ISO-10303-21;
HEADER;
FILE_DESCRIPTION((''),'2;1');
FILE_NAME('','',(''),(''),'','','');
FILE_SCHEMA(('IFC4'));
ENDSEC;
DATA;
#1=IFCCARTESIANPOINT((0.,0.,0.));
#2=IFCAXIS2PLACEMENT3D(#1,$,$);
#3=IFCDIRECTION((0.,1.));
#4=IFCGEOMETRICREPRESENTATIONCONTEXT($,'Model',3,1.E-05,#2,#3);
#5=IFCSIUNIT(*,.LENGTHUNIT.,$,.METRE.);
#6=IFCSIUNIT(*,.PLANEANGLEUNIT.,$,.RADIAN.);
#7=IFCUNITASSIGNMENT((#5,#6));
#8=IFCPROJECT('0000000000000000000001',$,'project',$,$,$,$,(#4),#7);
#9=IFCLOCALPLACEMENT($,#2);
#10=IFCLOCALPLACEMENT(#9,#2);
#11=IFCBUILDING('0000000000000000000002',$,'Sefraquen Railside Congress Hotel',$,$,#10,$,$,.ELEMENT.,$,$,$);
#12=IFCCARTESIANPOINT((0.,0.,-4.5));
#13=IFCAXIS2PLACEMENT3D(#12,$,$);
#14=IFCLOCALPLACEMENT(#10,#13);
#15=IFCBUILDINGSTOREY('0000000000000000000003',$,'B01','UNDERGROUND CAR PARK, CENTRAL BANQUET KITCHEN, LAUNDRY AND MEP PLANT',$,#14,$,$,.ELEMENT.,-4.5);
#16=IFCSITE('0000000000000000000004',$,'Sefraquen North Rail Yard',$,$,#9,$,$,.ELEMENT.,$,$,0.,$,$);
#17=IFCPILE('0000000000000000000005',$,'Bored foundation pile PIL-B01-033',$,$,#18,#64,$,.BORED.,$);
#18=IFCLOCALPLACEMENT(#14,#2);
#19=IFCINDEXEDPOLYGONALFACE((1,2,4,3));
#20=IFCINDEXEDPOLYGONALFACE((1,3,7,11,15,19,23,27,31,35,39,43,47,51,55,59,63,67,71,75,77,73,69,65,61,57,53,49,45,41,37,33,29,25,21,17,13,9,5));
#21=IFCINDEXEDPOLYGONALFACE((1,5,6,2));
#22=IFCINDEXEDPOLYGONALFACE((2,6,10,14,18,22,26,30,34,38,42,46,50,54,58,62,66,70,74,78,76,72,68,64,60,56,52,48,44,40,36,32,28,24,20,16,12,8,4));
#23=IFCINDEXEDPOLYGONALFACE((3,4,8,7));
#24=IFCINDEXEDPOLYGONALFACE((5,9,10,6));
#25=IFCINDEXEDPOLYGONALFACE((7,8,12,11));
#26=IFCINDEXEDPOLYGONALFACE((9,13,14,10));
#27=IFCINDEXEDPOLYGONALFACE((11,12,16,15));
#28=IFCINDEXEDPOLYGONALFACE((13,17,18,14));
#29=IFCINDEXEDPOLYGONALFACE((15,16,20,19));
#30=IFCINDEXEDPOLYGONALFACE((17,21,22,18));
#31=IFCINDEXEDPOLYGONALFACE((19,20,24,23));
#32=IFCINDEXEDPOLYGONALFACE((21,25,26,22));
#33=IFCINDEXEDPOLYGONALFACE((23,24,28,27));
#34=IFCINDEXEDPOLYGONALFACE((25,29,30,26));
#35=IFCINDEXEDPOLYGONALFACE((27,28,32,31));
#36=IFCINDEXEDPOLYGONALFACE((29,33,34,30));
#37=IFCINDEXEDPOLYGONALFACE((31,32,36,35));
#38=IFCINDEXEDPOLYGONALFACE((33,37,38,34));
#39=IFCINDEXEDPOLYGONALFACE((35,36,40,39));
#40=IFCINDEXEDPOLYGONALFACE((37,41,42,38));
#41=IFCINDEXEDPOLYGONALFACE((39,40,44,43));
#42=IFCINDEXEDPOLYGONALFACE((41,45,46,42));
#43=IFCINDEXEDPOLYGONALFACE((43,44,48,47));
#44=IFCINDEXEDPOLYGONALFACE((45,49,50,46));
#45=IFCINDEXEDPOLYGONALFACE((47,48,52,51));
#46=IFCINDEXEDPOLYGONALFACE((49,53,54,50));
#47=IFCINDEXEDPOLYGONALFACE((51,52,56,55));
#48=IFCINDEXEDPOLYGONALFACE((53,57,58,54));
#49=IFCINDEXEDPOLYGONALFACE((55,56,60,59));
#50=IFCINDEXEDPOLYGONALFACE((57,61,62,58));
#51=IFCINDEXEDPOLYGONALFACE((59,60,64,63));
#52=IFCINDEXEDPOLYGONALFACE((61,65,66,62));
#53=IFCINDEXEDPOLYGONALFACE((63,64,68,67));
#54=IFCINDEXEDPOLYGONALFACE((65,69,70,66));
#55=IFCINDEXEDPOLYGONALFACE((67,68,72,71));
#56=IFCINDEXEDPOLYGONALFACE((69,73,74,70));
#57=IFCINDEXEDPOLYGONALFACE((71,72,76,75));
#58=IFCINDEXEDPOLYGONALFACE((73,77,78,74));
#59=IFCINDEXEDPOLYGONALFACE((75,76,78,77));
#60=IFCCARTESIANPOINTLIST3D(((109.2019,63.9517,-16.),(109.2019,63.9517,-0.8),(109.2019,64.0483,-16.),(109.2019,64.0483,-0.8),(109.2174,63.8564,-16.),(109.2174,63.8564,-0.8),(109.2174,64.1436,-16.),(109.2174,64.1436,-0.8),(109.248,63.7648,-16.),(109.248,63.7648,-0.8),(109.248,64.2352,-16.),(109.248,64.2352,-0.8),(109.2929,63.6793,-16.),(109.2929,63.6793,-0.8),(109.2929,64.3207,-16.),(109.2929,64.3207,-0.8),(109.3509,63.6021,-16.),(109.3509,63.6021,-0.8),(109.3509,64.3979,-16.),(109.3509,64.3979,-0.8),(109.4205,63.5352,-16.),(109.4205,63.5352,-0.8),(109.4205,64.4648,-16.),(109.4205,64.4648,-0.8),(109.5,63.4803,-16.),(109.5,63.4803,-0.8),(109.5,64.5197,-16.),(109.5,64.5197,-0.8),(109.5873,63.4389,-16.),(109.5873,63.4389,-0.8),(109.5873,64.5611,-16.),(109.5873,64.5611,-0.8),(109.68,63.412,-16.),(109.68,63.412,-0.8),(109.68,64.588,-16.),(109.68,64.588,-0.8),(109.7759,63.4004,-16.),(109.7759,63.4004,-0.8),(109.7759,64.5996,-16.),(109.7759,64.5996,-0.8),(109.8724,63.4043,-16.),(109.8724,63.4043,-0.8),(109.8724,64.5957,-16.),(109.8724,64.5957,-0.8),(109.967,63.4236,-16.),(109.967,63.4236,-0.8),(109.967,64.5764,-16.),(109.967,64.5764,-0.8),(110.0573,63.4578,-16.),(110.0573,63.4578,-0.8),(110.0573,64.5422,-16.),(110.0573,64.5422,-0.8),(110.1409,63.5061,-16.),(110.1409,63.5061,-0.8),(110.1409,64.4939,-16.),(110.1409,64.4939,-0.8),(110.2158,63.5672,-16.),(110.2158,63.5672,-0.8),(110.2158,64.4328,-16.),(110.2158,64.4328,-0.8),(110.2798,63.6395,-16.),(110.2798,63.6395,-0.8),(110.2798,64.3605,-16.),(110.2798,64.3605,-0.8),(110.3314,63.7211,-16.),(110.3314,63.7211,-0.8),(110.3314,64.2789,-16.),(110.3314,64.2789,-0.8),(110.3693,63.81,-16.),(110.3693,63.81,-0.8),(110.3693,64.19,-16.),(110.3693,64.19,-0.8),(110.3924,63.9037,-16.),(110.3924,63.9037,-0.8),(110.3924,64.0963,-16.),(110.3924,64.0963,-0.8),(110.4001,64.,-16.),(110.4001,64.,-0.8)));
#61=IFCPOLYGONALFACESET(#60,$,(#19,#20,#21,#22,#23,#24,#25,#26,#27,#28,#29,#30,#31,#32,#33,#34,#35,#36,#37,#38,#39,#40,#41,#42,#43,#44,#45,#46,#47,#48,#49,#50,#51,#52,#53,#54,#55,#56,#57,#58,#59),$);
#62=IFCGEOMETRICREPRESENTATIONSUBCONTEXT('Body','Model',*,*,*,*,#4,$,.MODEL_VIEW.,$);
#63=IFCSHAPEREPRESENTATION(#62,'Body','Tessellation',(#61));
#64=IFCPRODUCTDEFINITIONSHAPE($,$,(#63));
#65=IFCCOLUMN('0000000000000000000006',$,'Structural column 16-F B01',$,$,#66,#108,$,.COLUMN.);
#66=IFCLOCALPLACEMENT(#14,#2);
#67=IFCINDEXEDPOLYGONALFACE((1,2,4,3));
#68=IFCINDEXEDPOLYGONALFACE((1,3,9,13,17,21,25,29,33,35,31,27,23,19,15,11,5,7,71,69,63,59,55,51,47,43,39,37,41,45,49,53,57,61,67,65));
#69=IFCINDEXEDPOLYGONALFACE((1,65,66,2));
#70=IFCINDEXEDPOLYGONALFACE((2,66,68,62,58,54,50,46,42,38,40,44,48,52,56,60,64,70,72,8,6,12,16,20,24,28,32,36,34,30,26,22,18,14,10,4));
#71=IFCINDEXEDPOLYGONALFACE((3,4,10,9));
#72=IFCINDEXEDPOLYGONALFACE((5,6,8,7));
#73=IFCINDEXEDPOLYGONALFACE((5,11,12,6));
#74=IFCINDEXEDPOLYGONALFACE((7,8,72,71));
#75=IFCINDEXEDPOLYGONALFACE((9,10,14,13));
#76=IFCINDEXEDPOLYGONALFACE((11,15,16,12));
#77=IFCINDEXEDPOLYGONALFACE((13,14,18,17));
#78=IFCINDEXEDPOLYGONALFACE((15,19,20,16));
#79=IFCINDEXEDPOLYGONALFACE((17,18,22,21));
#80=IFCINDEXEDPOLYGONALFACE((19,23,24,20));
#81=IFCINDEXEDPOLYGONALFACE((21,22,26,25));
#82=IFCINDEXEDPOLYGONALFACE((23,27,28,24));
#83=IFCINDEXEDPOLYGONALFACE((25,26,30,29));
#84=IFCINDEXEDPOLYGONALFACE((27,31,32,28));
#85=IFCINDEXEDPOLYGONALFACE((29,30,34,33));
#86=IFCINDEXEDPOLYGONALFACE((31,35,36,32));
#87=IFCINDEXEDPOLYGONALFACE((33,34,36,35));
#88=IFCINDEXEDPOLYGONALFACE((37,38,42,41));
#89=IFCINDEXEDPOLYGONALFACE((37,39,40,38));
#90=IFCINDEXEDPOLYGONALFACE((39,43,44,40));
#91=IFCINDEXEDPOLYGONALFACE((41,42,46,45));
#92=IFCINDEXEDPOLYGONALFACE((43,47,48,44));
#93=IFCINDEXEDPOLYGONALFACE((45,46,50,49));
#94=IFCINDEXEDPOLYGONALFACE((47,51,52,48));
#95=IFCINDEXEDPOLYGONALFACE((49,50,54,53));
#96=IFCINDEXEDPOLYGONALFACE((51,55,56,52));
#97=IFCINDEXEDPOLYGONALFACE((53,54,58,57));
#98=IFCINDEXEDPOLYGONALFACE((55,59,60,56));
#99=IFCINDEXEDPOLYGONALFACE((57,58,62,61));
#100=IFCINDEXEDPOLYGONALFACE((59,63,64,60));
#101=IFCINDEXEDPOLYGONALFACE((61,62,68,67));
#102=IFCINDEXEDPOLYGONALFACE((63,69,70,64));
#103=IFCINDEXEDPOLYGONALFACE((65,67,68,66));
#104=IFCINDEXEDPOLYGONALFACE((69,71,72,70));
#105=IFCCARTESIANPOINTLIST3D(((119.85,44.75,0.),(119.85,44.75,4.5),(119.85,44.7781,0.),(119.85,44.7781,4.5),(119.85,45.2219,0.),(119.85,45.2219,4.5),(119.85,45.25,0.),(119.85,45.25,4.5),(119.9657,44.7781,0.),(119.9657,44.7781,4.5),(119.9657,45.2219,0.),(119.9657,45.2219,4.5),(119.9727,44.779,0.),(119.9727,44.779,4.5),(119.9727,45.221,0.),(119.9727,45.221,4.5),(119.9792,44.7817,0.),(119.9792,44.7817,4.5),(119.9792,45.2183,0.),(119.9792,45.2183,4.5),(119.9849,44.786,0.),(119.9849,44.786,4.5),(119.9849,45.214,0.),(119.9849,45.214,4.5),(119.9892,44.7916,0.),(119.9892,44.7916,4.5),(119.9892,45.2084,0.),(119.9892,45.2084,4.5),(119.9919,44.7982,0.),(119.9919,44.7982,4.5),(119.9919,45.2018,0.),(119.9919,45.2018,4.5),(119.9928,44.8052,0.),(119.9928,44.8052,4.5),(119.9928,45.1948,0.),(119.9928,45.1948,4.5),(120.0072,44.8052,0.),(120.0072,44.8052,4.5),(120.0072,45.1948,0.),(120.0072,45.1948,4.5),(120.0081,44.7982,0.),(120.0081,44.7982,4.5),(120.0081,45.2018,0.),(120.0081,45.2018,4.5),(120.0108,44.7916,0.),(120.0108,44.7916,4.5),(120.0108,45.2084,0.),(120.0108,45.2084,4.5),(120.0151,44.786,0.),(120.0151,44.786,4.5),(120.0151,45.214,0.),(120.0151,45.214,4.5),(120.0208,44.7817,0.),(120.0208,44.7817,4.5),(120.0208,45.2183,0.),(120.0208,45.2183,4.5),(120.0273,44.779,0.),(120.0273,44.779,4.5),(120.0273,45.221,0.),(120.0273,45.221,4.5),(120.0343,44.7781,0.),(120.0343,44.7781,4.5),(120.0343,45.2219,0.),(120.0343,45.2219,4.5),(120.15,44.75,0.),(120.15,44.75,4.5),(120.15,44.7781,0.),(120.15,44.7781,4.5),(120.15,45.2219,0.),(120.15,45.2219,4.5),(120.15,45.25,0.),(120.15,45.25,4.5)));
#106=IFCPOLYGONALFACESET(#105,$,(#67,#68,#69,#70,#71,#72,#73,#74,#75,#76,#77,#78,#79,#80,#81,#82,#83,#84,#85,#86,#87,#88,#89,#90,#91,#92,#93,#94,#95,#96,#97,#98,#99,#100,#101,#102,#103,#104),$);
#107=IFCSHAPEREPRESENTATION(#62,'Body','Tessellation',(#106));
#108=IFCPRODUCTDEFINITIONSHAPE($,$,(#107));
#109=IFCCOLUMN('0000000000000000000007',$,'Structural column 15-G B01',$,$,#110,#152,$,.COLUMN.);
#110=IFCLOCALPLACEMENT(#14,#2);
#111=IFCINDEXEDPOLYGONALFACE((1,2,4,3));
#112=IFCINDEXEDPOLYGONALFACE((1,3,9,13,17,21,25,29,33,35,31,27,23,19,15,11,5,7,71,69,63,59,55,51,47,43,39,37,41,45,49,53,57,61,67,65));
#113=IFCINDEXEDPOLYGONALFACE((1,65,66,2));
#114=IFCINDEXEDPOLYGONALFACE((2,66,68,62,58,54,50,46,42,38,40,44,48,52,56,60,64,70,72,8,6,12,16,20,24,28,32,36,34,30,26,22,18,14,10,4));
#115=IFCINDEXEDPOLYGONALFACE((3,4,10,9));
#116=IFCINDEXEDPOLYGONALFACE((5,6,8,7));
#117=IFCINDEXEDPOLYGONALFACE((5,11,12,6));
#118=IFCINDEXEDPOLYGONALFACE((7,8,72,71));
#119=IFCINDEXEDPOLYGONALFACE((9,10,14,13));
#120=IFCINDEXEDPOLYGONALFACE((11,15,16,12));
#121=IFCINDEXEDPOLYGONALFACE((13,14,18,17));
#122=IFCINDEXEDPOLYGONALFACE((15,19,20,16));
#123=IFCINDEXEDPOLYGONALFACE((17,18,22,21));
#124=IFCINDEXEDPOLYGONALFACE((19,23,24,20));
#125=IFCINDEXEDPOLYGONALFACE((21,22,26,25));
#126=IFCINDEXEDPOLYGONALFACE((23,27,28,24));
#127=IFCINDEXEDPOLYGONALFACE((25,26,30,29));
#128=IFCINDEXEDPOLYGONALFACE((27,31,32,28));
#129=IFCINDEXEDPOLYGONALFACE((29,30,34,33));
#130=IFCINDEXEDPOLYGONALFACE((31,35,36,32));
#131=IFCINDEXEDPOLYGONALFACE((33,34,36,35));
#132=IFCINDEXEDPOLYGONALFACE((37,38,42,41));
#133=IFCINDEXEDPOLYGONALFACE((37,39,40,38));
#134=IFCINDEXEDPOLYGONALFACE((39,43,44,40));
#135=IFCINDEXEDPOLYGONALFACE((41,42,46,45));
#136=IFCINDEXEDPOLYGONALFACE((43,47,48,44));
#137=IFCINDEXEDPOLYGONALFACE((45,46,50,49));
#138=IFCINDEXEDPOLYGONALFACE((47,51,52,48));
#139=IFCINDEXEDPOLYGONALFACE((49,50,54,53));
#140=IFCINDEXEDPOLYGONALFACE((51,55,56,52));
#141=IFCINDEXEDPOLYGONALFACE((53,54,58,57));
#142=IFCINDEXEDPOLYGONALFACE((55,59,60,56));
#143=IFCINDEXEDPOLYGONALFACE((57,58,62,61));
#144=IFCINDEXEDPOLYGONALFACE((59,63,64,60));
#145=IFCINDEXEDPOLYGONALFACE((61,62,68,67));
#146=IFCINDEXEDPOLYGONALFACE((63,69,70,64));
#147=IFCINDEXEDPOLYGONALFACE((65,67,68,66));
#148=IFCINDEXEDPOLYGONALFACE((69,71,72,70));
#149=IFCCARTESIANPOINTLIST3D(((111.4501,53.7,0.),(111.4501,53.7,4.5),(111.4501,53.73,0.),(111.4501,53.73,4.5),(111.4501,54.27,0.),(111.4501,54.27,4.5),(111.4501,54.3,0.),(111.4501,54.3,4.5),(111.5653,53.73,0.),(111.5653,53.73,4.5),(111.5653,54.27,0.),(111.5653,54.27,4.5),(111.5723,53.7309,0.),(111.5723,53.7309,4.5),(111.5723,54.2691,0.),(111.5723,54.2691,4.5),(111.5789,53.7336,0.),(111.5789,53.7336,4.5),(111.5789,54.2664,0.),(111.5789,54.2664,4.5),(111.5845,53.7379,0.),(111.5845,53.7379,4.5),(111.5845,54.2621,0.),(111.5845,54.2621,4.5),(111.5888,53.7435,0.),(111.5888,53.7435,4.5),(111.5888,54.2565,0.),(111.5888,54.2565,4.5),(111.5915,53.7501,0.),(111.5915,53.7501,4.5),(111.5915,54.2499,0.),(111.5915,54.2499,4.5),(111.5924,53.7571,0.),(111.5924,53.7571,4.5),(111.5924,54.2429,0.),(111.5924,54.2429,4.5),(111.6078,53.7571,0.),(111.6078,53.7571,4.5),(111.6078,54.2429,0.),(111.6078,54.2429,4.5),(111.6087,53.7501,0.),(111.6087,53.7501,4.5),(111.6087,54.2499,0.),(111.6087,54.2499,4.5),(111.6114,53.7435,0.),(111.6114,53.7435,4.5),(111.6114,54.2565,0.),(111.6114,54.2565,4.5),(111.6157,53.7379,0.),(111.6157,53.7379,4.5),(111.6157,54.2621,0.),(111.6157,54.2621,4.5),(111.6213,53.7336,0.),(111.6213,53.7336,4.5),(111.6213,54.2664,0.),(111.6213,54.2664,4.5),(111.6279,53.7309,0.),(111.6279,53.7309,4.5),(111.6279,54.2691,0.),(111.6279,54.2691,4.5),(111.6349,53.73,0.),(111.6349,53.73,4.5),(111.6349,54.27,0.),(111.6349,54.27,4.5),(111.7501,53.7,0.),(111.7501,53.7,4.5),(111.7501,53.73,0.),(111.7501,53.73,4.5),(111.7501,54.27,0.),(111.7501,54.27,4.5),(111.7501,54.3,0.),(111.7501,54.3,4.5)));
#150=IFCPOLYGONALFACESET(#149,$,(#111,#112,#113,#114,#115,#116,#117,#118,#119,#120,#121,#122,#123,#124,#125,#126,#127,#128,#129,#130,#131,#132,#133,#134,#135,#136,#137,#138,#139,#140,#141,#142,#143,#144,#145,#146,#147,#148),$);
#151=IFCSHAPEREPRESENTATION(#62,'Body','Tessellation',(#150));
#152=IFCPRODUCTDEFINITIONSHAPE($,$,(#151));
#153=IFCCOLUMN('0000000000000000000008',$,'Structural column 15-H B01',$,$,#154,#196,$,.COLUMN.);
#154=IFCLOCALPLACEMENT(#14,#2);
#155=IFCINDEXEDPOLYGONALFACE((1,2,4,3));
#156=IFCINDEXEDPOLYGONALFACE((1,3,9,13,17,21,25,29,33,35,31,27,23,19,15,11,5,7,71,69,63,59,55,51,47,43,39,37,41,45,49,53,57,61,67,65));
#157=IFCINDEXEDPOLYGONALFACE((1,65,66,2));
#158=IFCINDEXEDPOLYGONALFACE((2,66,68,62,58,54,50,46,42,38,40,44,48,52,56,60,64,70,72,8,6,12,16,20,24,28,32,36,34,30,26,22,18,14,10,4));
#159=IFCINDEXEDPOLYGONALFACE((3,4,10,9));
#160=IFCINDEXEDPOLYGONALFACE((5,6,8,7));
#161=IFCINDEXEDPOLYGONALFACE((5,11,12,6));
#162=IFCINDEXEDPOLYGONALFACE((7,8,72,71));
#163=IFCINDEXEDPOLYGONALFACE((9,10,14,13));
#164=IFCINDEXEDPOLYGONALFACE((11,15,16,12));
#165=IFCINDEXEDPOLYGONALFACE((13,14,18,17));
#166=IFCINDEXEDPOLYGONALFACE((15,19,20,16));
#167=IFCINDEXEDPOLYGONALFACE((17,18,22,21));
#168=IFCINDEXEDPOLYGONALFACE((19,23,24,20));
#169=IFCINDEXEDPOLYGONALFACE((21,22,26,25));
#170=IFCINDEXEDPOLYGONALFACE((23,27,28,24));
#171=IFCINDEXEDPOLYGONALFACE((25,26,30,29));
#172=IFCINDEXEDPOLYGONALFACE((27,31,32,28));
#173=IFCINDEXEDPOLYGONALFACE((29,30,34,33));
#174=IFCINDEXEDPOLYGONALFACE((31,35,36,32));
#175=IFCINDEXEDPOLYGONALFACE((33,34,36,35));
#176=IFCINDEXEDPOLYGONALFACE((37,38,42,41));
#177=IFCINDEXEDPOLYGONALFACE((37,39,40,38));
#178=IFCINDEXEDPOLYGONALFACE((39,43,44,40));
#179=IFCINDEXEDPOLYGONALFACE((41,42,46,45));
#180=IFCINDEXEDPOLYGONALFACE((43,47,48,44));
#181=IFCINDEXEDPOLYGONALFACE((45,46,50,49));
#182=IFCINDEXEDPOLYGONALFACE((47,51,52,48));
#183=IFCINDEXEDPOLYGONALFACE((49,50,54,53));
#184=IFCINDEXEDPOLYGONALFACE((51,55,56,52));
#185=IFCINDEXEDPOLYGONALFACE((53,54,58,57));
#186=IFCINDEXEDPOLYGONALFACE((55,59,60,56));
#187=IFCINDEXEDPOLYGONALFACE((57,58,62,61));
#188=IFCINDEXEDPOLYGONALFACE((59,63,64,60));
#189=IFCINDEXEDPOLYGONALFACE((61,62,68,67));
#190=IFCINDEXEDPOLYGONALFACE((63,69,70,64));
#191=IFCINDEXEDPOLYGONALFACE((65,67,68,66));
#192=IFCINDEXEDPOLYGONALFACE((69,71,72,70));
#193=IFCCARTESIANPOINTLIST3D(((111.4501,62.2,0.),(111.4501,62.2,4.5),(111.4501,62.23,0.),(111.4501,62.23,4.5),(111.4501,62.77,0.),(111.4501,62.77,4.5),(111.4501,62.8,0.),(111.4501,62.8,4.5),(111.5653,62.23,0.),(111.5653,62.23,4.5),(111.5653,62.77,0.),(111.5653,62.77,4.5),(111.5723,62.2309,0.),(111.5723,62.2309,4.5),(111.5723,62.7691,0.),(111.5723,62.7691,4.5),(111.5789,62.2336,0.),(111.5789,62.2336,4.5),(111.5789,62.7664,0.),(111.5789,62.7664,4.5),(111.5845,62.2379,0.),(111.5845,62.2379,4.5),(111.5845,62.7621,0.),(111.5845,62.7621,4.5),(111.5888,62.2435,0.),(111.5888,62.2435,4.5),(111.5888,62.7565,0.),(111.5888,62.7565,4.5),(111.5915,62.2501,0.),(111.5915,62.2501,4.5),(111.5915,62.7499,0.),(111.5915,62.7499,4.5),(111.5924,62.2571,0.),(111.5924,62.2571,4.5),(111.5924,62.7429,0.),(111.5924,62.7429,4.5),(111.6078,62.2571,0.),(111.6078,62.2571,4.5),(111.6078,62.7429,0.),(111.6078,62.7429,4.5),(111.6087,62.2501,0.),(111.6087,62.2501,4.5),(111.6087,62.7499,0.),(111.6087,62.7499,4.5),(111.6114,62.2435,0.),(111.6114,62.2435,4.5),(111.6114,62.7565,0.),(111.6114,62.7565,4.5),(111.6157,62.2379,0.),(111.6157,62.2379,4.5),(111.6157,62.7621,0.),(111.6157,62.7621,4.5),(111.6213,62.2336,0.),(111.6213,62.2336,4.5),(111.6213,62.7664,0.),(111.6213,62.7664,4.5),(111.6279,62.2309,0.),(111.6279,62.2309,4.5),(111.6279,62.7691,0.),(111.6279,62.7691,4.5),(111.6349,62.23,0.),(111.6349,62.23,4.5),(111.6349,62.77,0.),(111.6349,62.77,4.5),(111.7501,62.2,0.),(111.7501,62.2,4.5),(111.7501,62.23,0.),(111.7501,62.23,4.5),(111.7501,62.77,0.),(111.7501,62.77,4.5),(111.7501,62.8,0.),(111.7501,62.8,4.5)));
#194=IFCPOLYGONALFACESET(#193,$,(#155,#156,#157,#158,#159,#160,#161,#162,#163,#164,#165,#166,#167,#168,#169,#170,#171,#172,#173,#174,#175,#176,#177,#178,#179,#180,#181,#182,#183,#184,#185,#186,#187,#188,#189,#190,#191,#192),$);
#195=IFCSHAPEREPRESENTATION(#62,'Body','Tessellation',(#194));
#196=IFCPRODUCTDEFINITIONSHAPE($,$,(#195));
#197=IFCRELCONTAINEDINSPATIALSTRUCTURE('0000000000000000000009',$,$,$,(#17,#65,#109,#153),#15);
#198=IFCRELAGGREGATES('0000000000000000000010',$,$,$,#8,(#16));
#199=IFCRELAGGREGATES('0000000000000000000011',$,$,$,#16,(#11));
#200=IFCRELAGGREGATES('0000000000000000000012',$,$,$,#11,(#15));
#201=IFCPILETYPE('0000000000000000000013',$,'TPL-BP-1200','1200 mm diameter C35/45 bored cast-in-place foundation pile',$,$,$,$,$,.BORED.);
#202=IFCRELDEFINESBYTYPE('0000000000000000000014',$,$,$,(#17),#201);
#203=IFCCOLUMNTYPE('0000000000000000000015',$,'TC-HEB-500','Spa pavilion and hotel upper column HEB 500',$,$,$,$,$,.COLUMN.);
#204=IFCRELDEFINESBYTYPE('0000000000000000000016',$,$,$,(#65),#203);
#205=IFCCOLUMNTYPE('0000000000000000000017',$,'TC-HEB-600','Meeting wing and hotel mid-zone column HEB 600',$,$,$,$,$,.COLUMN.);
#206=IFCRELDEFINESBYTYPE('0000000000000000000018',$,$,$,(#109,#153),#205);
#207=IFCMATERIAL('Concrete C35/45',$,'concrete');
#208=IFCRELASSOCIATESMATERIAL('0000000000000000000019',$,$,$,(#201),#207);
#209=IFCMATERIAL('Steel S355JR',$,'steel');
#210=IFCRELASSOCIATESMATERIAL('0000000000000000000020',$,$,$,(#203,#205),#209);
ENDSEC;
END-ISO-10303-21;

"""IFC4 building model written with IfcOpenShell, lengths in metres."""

from ifc_helpers import new_model, si_unit, direction, frame, origin, origin_2d, place, context, subcontext, project, spatial, circle, i_section, extrude, material, material_profile, profile_set, type_object, element, save


model = new_model("IFC4")

# Units and contexts
model_context = context("Model", 3, precision=1e-05, world=origin(), true_north=direction((0.0, 1.0)))
body_context = subcontext(model_context, "Body", "Model", "MODEL_VIEW")
ifc_project = project(units=[si_unit("LENGTHUNIT", "METRE"), si_unit("PLANEANGLEUNIT", "RADIAN")], contexts=[model_context])

# Site, building, storey
site_placement = place(None, origin())
site = spatial("IfcSite", under=ifc_project, at=site_placement, Name="Sefraquen North Rail Yard", CompositionType="ELEMENT", RefElevation=0.0)
building_placement = place(site_placement, origin())
building = spatial("IfcBuilding", under=site, at=building_placement, Name="Sefraquen Railside Congress Hotel", CompositionType="ELEMENT")
storey_placement = place(building_placement, frame((0.0, 0.0, -4.5)))
storey = spatial("IfcBuildingStorey", under=building, at=storey_placement, Name="B01", Description="UNDERGROUND CAR PARK, CENTRAL BANQUET KITCHEN, LAUNDRY AND MEP PLANT", CompositionType="ELEMENT", Elevation=-4.5)

# Pile
ifc_material_1 = material(Name="Concrete C35/45", Category="concrete")
ifc_material_profile_1 = material_profile(ifc_material_1, circle(Radius=0.6001, at=origin_2d()), Name="BORED PILE 1200")
ifc_profile_set_1 = profile_set([ifc_material_profile_1], Name="Concrete C35/45")
pile_type = type_object("IfcPileType", Name="TPL-BP-1200", Description="1200 mm diameter C35/45 bored cast-in-place foundation pile", PredefinedType="BORED", material=ifc_profile_set_1)
for number, where, z_axis, x_axis, name in (
    (1, (109.8, 64.0, -0.8), (0.0, 0.0, -1.0), (1.0, 0.0, 0.0), "Bored foundation pile PIL-B01-033"),
):
    element("IfcPile", number, at=place(storey_placement, frame(where, z_axis=z_axis, x_axis=x_axis)), inside=storey, type_object=pile_type, Name=name, PredefinedType="BORED", context=body_context, shape_type="SweptSolid", body=[
        extrude(circle(Radius=0.6001, at=origin_2d()), origin(), (0.0, 0.0, 1.0), 15.2),
    ])

# Columns
ifc_material_2 = material(Name="Steel S355JR", Category="steel")
ifc_material_profile_2 = material_profile(ifc_material_2, i_section(OverallWidth=0.3, OverallDepth=0.5, WebThickness=0.0144, FlangeThickness=0.0281, FilletRadius=0.0271, at=origin_2d()), Name="HEB 500")
ifc_profile_set_2 = profile_set([ifc_material_profile_2], Name="Steel S355JR")
column_type_1 = type_object("IfcColumnType", Name="TC-HEB-500", Description="Spa pavilion and hotel upper column HEB 500", PredefinedType="COLUMN", material=ifc_profile_set_2)
column_placement = place(storey_placement, frame((120.0, 45.0, 0.0), z_axis=(0.0, 0.0, 1.0), x_axis=(1.0, 0.0, 0.0)))
element("IfcColumn", 2, at=column_placement, inside=storey, type_object=column_type_1, Name="Structural column 16-F B01", PredefinedType="COLUMN", context=body_context, shape_type="SweptSolid", body=[
    extrude(i_section(OverallWidth=0.3, OverallDepth=0.5, WebThickness=0.0144, FlangeThickness=0.0281, FilletRadius=0.0271, at=origin_2d()), origin(), (0.0, 0.0, 1.0), 4.5),
])
ifc_material_profile_3 = material_profile(ifc_material_2, i_section(OverallWidth=0.3, OverallDepth=0.6001, WebThickness=0.0154, FlangeThickness=0.03, FilletRadius=0.0271, at=origin_2d()), Name="HEB 600")
ifc_profile_set_3 = profile_set([ifc_material_profile_3], Name="Steel S355JR")
column_type_2 = type_object("IfcColumnType", Name="TC-HEB-600", Description="Meeting wing and hotel mid-zone column HEB 600", PredefinedType="COLUMN", material=ifc_profile_set_3)
for number, where, z_axis, x_axis, name in (
    (3, (111.6001, 54.0, 0.0), (0.0, 0.0, 1.0), (1.0, 0.0, 0.0), "Structural column 15-G B01"),
    (4, (111.6001, 62.5, 0.0), (0.0, 0.0, 1.0), (1.0, 0.0, 0.0), "Structural column 15-H B01"),
):
    element("IfcColumn", number, at=place(storey_placement, frame(where, z_axis=z_axis, x_axis=x_axis)), inside=storey, type_object=column_type_2, Name=name, PredefinedType="COLUMN", context=body_context, shape_type="SweptSolid", body=[
        extrude(i_section(OverallWidth=0.3, OverallDepth=0.6001, WebThickness=0.0154, FlangeThickness=0.03, FilletRadius=0.0271, at=origin_2d()), origin(), (0.0, 0.0, 1.0), 4.5),
    ])

save(model, "model.ifc")
